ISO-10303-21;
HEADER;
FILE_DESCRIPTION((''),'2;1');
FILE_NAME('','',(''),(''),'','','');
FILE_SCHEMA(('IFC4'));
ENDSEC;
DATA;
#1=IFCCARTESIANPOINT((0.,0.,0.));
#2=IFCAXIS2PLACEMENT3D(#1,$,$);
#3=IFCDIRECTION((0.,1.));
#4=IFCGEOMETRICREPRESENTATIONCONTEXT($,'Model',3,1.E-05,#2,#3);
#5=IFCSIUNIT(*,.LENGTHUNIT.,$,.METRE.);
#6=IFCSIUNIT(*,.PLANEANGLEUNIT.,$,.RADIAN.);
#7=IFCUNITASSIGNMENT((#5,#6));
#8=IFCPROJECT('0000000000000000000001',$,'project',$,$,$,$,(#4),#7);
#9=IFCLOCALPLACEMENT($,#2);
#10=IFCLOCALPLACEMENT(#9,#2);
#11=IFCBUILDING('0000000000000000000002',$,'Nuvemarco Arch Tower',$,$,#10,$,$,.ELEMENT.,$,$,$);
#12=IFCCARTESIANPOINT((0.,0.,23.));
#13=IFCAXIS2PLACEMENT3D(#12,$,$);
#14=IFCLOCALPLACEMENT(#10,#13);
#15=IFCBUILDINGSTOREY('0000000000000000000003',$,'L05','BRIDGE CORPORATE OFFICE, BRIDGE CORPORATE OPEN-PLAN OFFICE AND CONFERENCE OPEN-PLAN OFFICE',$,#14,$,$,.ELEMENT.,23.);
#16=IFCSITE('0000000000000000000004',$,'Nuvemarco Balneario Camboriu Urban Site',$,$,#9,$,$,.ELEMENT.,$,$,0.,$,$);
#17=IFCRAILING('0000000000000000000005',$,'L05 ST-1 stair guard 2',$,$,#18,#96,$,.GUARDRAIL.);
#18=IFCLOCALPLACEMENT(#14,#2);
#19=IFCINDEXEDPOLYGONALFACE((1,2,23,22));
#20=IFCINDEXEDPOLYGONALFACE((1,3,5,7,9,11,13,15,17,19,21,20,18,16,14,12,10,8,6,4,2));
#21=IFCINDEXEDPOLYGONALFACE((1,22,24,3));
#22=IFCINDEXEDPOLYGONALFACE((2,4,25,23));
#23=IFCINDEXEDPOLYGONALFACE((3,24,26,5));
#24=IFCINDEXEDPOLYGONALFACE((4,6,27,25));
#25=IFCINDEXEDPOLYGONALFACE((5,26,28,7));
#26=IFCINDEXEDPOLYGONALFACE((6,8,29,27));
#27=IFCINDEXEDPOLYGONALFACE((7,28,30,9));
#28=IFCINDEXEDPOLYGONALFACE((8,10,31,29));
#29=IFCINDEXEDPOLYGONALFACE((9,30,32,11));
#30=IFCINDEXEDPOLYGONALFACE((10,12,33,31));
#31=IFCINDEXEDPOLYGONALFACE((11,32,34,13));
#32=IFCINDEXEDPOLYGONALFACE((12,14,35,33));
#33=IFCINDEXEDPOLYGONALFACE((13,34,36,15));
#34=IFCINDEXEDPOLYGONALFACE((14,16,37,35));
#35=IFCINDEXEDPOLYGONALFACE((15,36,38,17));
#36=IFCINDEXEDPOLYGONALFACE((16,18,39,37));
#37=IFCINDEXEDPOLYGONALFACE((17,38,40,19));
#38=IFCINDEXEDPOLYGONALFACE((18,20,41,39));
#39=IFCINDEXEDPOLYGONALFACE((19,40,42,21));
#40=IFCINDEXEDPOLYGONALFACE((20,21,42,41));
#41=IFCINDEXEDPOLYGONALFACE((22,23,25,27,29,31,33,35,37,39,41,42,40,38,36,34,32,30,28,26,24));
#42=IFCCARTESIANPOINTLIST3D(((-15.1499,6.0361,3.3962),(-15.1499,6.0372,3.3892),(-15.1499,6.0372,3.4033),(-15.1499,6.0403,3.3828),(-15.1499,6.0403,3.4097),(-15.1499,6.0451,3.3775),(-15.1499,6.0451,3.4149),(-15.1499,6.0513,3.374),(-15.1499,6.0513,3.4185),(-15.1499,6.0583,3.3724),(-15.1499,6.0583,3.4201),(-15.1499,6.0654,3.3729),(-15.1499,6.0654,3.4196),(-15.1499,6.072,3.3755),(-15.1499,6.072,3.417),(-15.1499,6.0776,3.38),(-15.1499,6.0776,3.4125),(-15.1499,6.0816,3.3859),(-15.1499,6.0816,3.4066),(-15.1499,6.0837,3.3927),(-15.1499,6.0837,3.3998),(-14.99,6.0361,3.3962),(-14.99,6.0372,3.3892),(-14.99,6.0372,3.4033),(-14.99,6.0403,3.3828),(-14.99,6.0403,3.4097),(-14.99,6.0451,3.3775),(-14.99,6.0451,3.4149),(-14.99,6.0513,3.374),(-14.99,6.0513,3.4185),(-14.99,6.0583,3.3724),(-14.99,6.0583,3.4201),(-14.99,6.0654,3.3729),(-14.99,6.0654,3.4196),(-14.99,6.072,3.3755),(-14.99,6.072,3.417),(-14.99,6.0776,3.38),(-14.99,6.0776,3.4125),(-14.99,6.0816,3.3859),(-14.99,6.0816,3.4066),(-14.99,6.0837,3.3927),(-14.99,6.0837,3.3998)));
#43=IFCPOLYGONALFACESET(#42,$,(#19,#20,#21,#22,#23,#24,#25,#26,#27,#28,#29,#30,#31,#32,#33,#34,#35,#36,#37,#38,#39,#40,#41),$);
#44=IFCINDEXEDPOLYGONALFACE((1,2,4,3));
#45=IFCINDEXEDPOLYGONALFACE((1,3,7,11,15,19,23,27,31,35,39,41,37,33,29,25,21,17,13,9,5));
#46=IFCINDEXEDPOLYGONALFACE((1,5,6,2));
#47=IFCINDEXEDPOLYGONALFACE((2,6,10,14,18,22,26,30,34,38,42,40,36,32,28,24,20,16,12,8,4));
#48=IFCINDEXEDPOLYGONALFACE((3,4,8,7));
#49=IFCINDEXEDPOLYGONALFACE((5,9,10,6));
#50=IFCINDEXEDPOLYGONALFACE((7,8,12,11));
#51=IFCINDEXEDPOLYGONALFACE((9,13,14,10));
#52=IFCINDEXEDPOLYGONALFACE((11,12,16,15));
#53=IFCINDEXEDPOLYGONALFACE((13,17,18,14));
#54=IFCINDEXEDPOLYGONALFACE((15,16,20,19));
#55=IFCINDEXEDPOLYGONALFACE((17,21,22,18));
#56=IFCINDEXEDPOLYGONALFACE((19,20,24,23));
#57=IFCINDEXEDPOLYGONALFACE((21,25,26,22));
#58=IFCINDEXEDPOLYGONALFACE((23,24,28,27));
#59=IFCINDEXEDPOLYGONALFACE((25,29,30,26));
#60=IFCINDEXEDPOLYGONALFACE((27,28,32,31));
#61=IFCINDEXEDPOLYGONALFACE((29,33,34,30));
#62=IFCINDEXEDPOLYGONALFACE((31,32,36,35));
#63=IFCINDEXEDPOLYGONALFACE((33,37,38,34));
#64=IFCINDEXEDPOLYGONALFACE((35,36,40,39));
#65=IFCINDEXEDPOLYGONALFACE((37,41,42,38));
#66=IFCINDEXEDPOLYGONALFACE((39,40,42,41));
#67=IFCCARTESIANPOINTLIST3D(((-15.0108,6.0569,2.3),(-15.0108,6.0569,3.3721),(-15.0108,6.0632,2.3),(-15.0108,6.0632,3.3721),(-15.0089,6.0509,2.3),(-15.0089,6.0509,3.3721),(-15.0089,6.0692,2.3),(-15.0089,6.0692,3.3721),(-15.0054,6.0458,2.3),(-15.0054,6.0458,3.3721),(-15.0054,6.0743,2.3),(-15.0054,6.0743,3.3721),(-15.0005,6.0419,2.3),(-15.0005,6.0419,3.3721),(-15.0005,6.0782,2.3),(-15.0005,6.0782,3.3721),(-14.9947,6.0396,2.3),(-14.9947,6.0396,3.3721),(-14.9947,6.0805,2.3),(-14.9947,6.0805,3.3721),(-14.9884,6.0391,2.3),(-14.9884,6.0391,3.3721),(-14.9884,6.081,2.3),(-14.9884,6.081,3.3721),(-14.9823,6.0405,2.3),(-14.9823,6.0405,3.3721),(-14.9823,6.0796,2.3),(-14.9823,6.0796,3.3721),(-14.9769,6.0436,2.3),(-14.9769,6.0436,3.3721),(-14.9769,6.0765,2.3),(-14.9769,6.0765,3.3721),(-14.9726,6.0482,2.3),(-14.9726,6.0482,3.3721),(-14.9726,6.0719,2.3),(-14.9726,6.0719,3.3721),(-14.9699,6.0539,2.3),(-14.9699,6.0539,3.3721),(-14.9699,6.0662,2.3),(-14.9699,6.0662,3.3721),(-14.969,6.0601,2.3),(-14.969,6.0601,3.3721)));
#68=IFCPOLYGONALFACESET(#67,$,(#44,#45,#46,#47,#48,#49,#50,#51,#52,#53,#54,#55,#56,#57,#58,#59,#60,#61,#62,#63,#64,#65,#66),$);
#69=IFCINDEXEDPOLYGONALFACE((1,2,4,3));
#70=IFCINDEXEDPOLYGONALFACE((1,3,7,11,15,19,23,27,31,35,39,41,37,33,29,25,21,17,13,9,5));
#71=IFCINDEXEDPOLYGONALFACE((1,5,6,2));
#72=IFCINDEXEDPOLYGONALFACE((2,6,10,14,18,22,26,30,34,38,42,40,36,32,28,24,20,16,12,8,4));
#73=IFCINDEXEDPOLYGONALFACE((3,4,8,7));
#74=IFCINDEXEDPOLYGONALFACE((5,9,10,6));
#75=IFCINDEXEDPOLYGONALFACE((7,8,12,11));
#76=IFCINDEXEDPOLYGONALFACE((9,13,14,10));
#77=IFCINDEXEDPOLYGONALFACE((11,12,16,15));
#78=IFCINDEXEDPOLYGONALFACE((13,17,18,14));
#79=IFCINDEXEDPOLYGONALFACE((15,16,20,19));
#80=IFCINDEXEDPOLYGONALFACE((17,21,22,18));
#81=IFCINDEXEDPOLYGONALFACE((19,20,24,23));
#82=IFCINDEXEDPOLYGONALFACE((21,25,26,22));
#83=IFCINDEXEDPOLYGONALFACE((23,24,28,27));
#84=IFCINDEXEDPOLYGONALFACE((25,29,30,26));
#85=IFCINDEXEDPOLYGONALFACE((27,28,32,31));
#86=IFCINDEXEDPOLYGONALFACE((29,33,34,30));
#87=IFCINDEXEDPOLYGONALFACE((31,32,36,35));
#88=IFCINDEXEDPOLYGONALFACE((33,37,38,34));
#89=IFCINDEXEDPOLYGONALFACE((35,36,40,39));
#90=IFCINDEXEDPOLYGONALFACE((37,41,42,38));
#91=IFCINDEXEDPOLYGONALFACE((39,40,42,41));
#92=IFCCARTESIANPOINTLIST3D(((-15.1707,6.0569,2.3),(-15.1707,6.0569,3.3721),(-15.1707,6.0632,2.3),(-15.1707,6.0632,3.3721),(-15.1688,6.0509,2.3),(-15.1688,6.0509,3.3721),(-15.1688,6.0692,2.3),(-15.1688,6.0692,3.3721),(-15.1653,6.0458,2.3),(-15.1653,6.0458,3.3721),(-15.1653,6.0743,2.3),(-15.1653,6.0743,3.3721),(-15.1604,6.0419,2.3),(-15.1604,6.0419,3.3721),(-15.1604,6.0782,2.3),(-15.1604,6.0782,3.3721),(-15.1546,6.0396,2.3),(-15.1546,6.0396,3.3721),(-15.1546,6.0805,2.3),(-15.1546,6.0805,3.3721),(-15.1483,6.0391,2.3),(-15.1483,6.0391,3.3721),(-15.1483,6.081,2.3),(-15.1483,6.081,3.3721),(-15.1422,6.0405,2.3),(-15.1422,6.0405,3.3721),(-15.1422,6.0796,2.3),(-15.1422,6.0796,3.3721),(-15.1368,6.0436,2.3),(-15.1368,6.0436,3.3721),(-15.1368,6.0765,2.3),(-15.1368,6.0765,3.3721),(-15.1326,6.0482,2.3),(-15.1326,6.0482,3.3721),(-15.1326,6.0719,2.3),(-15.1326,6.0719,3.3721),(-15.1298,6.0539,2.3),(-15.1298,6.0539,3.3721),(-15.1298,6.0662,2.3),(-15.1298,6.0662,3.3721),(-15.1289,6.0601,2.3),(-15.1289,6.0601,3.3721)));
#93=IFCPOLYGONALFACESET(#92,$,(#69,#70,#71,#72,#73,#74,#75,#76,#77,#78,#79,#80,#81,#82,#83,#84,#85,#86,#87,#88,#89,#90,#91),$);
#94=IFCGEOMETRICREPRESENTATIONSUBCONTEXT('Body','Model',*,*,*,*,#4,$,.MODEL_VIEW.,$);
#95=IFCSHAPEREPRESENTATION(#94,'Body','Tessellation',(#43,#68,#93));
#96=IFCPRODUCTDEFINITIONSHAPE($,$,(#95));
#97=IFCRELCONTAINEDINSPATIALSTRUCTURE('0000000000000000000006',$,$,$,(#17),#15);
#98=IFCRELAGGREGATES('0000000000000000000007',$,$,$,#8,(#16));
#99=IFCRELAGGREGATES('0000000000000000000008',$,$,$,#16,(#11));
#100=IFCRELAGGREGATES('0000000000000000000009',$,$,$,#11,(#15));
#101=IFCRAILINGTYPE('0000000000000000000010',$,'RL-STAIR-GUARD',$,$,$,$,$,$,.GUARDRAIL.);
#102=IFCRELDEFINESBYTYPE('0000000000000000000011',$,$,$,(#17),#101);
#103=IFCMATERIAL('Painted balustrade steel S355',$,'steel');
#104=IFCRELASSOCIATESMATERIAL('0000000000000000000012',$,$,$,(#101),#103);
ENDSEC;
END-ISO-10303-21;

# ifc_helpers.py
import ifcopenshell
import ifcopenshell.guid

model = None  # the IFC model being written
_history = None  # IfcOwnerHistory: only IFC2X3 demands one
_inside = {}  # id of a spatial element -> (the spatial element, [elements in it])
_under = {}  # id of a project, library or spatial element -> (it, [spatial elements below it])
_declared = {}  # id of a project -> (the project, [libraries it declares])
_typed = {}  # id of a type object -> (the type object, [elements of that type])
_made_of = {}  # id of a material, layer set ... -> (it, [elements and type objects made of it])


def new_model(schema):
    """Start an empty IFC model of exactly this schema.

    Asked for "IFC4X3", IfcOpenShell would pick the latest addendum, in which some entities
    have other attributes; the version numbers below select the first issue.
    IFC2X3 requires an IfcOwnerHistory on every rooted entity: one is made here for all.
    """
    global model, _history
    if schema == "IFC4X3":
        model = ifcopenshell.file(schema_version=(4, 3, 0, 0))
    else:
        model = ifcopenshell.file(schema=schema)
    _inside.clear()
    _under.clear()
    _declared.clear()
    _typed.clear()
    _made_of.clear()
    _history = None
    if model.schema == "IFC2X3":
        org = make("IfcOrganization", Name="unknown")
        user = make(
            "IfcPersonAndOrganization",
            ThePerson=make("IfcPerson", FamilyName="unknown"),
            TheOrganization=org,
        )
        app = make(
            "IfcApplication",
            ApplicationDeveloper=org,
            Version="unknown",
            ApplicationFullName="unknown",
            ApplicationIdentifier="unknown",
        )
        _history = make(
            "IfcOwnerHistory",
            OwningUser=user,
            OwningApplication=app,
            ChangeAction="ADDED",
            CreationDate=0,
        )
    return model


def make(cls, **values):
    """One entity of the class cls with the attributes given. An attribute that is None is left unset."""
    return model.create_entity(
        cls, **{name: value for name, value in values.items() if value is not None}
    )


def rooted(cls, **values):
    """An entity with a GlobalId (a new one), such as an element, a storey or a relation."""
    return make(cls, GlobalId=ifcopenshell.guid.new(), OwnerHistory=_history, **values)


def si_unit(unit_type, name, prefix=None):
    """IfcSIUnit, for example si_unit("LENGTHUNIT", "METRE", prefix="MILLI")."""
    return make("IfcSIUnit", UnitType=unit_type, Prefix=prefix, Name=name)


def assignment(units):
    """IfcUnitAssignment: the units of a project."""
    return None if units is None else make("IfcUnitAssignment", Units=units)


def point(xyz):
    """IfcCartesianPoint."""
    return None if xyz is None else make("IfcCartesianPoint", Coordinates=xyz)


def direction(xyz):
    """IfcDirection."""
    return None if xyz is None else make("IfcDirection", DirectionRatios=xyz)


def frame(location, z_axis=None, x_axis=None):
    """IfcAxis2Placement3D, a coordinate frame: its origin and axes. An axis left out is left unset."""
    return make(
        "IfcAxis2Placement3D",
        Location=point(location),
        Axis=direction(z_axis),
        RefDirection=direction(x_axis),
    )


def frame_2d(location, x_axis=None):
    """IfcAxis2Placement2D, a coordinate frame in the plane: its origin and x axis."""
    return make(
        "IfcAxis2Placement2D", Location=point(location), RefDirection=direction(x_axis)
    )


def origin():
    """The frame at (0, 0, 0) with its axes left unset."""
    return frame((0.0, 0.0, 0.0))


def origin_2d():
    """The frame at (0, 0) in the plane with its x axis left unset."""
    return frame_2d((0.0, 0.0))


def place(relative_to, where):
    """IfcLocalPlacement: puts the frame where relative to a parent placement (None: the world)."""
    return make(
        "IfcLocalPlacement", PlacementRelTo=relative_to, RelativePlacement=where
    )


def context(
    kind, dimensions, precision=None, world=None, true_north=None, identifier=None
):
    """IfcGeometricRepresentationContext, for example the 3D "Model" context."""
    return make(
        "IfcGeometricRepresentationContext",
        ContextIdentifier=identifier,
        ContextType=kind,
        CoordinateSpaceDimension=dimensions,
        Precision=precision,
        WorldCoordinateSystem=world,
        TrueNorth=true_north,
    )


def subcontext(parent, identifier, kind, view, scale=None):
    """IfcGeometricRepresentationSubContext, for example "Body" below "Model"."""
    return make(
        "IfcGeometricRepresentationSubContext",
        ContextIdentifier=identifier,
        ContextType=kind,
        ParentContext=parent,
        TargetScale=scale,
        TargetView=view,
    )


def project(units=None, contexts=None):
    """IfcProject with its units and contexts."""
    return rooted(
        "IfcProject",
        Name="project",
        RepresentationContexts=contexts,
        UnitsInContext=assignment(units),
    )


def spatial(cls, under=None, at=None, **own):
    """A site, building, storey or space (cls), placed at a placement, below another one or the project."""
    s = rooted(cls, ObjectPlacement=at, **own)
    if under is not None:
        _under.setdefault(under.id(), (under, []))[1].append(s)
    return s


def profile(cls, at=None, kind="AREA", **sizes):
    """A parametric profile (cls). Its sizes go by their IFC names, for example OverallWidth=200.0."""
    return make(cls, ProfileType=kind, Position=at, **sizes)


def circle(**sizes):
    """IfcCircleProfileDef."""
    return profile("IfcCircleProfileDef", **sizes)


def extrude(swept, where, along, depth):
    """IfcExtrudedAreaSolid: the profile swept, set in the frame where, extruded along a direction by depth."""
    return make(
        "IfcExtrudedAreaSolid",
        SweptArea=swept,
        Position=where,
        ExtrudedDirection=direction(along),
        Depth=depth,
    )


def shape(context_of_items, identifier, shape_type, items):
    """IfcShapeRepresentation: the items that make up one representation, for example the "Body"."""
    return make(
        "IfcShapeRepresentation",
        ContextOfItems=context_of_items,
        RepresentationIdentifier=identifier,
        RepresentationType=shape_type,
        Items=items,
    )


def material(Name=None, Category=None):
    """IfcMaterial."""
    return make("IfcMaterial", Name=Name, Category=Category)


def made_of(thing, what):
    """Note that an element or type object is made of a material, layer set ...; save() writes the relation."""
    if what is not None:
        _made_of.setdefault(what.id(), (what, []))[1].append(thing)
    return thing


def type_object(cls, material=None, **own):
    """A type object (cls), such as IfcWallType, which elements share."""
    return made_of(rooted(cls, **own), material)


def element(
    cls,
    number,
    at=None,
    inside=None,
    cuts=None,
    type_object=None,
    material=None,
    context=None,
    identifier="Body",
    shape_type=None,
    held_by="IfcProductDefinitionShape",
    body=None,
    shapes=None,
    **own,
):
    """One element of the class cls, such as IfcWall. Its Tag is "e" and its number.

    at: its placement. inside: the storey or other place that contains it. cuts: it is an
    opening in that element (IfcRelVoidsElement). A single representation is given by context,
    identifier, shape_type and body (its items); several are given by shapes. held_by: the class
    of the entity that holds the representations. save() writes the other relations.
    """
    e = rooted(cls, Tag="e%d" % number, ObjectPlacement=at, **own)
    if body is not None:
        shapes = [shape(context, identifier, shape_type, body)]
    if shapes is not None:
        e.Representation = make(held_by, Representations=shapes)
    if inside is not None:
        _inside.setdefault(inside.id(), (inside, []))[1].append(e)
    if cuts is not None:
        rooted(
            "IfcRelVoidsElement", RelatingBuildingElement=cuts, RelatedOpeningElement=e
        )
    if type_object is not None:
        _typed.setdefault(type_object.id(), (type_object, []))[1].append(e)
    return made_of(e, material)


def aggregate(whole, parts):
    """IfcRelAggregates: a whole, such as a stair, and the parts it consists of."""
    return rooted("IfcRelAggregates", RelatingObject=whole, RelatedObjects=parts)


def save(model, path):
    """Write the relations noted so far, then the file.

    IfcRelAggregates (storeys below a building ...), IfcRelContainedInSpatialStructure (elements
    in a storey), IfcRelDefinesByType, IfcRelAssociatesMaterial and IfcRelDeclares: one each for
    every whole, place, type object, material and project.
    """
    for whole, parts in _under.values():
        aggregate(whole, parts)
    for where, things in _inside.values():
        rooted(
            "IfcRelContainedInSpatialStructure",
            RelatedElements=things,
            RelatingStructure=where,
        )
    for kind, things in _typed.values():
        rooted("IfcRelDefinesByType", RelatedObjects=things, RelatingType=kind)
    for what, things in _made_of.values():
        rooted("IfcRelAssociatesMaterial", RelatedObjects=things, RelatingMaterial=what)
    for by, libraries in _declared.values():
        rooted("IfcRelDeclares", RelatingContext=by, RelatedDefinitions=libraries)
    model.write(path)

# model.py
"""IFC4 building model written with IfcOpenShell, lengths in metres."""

from ifc_helpers import new_model, si_unit, direction, frame, origin, origin_2d, place, context, subcontext, project, spatial, circle, extrude, material, type_object, element, save


model = new_model("IFC4")

# Units and contexts
model_context = context("Model", 3, precision=1e-05, world=origin(), true_north=direction((0.0, 1.0)))
body_context = subcontext(model_context, "Body", "Model", "MODEL_VIEW")
ifc_project = project(units=[si_unit("LENGTHUNIT", "METRE"), si_unit("PLANEANGLEUNIT", "RADIAN")], contexts=[model_context])

# Site, building, storey
site_placement = place(None, origin())
site = spatial("IfcSite", under=ifc_project, at=site_placement, Name="Nuvemarco Balneario Camboriu Urban Site", CompositionType="ELEMENT", RefElevation=0.0)
building_placement = place(site_placement, origin())
building = spatial("IfcBuilding", under=site, at=building_placement, Name="Nuvemarco Arch Tower", CompositionType="ELEMENT")
storey_placement = place(building_placement, frame((0.0, 0.0, 23.0)))
storey = spatial("IfcBuildingStorey", under=building, at=storey_placement, Name="L05", Description="BRIDGE CORPORATE OFFICE, BRIDGE CORPORATE OPEN-PLAN OFFICE AND CONFERENCE OPEN-PLAN OFFICE", CompositionType="ELEMENT", Elevation=23.0)

# Railing
ifc_material_1 = material(Name="Painted balustrade steel S355", Category="steel")
railing_type_1 = type_object("IfcRailingType", Name="RL-STAIR-GUARD", PredefinedType="GUARDRAIL", material=ifc_material_1)
railing_1_placement = place(storey_placement, frame((-14.99, 6.0601, 2.3)))
element("IfcRailing", 1, at=railing_1_placement, inside=storey, type_object=railing_type_1, Name="L05 ST-1 stair guard 2", PredefinedType="GUARDRAIL", context=body_context, shape_type="SweptSolid", body=[
    extrude(circle(Radius=0.0239, at=origin_2d()), frame((0.0, 0.0, 1.0962), z_axis=(-1.0, 0.0, 0.0), x_axis=(0.0, -1.0, 0.0)), (0.0, 0.0, 1.0), 0.1599),
    extrude(circle(Radius=0.021, at=origin_2d()), origin(), (0.0, 0.0, 1.0), 1.072),
    extrude(circle(Radius=0.021, at=origin_2d()), frame((-0.1599, 0.0, 0.0)), (0.0, 0.0, 1.0), 1.072),
])

save(model, "model.ifc")
